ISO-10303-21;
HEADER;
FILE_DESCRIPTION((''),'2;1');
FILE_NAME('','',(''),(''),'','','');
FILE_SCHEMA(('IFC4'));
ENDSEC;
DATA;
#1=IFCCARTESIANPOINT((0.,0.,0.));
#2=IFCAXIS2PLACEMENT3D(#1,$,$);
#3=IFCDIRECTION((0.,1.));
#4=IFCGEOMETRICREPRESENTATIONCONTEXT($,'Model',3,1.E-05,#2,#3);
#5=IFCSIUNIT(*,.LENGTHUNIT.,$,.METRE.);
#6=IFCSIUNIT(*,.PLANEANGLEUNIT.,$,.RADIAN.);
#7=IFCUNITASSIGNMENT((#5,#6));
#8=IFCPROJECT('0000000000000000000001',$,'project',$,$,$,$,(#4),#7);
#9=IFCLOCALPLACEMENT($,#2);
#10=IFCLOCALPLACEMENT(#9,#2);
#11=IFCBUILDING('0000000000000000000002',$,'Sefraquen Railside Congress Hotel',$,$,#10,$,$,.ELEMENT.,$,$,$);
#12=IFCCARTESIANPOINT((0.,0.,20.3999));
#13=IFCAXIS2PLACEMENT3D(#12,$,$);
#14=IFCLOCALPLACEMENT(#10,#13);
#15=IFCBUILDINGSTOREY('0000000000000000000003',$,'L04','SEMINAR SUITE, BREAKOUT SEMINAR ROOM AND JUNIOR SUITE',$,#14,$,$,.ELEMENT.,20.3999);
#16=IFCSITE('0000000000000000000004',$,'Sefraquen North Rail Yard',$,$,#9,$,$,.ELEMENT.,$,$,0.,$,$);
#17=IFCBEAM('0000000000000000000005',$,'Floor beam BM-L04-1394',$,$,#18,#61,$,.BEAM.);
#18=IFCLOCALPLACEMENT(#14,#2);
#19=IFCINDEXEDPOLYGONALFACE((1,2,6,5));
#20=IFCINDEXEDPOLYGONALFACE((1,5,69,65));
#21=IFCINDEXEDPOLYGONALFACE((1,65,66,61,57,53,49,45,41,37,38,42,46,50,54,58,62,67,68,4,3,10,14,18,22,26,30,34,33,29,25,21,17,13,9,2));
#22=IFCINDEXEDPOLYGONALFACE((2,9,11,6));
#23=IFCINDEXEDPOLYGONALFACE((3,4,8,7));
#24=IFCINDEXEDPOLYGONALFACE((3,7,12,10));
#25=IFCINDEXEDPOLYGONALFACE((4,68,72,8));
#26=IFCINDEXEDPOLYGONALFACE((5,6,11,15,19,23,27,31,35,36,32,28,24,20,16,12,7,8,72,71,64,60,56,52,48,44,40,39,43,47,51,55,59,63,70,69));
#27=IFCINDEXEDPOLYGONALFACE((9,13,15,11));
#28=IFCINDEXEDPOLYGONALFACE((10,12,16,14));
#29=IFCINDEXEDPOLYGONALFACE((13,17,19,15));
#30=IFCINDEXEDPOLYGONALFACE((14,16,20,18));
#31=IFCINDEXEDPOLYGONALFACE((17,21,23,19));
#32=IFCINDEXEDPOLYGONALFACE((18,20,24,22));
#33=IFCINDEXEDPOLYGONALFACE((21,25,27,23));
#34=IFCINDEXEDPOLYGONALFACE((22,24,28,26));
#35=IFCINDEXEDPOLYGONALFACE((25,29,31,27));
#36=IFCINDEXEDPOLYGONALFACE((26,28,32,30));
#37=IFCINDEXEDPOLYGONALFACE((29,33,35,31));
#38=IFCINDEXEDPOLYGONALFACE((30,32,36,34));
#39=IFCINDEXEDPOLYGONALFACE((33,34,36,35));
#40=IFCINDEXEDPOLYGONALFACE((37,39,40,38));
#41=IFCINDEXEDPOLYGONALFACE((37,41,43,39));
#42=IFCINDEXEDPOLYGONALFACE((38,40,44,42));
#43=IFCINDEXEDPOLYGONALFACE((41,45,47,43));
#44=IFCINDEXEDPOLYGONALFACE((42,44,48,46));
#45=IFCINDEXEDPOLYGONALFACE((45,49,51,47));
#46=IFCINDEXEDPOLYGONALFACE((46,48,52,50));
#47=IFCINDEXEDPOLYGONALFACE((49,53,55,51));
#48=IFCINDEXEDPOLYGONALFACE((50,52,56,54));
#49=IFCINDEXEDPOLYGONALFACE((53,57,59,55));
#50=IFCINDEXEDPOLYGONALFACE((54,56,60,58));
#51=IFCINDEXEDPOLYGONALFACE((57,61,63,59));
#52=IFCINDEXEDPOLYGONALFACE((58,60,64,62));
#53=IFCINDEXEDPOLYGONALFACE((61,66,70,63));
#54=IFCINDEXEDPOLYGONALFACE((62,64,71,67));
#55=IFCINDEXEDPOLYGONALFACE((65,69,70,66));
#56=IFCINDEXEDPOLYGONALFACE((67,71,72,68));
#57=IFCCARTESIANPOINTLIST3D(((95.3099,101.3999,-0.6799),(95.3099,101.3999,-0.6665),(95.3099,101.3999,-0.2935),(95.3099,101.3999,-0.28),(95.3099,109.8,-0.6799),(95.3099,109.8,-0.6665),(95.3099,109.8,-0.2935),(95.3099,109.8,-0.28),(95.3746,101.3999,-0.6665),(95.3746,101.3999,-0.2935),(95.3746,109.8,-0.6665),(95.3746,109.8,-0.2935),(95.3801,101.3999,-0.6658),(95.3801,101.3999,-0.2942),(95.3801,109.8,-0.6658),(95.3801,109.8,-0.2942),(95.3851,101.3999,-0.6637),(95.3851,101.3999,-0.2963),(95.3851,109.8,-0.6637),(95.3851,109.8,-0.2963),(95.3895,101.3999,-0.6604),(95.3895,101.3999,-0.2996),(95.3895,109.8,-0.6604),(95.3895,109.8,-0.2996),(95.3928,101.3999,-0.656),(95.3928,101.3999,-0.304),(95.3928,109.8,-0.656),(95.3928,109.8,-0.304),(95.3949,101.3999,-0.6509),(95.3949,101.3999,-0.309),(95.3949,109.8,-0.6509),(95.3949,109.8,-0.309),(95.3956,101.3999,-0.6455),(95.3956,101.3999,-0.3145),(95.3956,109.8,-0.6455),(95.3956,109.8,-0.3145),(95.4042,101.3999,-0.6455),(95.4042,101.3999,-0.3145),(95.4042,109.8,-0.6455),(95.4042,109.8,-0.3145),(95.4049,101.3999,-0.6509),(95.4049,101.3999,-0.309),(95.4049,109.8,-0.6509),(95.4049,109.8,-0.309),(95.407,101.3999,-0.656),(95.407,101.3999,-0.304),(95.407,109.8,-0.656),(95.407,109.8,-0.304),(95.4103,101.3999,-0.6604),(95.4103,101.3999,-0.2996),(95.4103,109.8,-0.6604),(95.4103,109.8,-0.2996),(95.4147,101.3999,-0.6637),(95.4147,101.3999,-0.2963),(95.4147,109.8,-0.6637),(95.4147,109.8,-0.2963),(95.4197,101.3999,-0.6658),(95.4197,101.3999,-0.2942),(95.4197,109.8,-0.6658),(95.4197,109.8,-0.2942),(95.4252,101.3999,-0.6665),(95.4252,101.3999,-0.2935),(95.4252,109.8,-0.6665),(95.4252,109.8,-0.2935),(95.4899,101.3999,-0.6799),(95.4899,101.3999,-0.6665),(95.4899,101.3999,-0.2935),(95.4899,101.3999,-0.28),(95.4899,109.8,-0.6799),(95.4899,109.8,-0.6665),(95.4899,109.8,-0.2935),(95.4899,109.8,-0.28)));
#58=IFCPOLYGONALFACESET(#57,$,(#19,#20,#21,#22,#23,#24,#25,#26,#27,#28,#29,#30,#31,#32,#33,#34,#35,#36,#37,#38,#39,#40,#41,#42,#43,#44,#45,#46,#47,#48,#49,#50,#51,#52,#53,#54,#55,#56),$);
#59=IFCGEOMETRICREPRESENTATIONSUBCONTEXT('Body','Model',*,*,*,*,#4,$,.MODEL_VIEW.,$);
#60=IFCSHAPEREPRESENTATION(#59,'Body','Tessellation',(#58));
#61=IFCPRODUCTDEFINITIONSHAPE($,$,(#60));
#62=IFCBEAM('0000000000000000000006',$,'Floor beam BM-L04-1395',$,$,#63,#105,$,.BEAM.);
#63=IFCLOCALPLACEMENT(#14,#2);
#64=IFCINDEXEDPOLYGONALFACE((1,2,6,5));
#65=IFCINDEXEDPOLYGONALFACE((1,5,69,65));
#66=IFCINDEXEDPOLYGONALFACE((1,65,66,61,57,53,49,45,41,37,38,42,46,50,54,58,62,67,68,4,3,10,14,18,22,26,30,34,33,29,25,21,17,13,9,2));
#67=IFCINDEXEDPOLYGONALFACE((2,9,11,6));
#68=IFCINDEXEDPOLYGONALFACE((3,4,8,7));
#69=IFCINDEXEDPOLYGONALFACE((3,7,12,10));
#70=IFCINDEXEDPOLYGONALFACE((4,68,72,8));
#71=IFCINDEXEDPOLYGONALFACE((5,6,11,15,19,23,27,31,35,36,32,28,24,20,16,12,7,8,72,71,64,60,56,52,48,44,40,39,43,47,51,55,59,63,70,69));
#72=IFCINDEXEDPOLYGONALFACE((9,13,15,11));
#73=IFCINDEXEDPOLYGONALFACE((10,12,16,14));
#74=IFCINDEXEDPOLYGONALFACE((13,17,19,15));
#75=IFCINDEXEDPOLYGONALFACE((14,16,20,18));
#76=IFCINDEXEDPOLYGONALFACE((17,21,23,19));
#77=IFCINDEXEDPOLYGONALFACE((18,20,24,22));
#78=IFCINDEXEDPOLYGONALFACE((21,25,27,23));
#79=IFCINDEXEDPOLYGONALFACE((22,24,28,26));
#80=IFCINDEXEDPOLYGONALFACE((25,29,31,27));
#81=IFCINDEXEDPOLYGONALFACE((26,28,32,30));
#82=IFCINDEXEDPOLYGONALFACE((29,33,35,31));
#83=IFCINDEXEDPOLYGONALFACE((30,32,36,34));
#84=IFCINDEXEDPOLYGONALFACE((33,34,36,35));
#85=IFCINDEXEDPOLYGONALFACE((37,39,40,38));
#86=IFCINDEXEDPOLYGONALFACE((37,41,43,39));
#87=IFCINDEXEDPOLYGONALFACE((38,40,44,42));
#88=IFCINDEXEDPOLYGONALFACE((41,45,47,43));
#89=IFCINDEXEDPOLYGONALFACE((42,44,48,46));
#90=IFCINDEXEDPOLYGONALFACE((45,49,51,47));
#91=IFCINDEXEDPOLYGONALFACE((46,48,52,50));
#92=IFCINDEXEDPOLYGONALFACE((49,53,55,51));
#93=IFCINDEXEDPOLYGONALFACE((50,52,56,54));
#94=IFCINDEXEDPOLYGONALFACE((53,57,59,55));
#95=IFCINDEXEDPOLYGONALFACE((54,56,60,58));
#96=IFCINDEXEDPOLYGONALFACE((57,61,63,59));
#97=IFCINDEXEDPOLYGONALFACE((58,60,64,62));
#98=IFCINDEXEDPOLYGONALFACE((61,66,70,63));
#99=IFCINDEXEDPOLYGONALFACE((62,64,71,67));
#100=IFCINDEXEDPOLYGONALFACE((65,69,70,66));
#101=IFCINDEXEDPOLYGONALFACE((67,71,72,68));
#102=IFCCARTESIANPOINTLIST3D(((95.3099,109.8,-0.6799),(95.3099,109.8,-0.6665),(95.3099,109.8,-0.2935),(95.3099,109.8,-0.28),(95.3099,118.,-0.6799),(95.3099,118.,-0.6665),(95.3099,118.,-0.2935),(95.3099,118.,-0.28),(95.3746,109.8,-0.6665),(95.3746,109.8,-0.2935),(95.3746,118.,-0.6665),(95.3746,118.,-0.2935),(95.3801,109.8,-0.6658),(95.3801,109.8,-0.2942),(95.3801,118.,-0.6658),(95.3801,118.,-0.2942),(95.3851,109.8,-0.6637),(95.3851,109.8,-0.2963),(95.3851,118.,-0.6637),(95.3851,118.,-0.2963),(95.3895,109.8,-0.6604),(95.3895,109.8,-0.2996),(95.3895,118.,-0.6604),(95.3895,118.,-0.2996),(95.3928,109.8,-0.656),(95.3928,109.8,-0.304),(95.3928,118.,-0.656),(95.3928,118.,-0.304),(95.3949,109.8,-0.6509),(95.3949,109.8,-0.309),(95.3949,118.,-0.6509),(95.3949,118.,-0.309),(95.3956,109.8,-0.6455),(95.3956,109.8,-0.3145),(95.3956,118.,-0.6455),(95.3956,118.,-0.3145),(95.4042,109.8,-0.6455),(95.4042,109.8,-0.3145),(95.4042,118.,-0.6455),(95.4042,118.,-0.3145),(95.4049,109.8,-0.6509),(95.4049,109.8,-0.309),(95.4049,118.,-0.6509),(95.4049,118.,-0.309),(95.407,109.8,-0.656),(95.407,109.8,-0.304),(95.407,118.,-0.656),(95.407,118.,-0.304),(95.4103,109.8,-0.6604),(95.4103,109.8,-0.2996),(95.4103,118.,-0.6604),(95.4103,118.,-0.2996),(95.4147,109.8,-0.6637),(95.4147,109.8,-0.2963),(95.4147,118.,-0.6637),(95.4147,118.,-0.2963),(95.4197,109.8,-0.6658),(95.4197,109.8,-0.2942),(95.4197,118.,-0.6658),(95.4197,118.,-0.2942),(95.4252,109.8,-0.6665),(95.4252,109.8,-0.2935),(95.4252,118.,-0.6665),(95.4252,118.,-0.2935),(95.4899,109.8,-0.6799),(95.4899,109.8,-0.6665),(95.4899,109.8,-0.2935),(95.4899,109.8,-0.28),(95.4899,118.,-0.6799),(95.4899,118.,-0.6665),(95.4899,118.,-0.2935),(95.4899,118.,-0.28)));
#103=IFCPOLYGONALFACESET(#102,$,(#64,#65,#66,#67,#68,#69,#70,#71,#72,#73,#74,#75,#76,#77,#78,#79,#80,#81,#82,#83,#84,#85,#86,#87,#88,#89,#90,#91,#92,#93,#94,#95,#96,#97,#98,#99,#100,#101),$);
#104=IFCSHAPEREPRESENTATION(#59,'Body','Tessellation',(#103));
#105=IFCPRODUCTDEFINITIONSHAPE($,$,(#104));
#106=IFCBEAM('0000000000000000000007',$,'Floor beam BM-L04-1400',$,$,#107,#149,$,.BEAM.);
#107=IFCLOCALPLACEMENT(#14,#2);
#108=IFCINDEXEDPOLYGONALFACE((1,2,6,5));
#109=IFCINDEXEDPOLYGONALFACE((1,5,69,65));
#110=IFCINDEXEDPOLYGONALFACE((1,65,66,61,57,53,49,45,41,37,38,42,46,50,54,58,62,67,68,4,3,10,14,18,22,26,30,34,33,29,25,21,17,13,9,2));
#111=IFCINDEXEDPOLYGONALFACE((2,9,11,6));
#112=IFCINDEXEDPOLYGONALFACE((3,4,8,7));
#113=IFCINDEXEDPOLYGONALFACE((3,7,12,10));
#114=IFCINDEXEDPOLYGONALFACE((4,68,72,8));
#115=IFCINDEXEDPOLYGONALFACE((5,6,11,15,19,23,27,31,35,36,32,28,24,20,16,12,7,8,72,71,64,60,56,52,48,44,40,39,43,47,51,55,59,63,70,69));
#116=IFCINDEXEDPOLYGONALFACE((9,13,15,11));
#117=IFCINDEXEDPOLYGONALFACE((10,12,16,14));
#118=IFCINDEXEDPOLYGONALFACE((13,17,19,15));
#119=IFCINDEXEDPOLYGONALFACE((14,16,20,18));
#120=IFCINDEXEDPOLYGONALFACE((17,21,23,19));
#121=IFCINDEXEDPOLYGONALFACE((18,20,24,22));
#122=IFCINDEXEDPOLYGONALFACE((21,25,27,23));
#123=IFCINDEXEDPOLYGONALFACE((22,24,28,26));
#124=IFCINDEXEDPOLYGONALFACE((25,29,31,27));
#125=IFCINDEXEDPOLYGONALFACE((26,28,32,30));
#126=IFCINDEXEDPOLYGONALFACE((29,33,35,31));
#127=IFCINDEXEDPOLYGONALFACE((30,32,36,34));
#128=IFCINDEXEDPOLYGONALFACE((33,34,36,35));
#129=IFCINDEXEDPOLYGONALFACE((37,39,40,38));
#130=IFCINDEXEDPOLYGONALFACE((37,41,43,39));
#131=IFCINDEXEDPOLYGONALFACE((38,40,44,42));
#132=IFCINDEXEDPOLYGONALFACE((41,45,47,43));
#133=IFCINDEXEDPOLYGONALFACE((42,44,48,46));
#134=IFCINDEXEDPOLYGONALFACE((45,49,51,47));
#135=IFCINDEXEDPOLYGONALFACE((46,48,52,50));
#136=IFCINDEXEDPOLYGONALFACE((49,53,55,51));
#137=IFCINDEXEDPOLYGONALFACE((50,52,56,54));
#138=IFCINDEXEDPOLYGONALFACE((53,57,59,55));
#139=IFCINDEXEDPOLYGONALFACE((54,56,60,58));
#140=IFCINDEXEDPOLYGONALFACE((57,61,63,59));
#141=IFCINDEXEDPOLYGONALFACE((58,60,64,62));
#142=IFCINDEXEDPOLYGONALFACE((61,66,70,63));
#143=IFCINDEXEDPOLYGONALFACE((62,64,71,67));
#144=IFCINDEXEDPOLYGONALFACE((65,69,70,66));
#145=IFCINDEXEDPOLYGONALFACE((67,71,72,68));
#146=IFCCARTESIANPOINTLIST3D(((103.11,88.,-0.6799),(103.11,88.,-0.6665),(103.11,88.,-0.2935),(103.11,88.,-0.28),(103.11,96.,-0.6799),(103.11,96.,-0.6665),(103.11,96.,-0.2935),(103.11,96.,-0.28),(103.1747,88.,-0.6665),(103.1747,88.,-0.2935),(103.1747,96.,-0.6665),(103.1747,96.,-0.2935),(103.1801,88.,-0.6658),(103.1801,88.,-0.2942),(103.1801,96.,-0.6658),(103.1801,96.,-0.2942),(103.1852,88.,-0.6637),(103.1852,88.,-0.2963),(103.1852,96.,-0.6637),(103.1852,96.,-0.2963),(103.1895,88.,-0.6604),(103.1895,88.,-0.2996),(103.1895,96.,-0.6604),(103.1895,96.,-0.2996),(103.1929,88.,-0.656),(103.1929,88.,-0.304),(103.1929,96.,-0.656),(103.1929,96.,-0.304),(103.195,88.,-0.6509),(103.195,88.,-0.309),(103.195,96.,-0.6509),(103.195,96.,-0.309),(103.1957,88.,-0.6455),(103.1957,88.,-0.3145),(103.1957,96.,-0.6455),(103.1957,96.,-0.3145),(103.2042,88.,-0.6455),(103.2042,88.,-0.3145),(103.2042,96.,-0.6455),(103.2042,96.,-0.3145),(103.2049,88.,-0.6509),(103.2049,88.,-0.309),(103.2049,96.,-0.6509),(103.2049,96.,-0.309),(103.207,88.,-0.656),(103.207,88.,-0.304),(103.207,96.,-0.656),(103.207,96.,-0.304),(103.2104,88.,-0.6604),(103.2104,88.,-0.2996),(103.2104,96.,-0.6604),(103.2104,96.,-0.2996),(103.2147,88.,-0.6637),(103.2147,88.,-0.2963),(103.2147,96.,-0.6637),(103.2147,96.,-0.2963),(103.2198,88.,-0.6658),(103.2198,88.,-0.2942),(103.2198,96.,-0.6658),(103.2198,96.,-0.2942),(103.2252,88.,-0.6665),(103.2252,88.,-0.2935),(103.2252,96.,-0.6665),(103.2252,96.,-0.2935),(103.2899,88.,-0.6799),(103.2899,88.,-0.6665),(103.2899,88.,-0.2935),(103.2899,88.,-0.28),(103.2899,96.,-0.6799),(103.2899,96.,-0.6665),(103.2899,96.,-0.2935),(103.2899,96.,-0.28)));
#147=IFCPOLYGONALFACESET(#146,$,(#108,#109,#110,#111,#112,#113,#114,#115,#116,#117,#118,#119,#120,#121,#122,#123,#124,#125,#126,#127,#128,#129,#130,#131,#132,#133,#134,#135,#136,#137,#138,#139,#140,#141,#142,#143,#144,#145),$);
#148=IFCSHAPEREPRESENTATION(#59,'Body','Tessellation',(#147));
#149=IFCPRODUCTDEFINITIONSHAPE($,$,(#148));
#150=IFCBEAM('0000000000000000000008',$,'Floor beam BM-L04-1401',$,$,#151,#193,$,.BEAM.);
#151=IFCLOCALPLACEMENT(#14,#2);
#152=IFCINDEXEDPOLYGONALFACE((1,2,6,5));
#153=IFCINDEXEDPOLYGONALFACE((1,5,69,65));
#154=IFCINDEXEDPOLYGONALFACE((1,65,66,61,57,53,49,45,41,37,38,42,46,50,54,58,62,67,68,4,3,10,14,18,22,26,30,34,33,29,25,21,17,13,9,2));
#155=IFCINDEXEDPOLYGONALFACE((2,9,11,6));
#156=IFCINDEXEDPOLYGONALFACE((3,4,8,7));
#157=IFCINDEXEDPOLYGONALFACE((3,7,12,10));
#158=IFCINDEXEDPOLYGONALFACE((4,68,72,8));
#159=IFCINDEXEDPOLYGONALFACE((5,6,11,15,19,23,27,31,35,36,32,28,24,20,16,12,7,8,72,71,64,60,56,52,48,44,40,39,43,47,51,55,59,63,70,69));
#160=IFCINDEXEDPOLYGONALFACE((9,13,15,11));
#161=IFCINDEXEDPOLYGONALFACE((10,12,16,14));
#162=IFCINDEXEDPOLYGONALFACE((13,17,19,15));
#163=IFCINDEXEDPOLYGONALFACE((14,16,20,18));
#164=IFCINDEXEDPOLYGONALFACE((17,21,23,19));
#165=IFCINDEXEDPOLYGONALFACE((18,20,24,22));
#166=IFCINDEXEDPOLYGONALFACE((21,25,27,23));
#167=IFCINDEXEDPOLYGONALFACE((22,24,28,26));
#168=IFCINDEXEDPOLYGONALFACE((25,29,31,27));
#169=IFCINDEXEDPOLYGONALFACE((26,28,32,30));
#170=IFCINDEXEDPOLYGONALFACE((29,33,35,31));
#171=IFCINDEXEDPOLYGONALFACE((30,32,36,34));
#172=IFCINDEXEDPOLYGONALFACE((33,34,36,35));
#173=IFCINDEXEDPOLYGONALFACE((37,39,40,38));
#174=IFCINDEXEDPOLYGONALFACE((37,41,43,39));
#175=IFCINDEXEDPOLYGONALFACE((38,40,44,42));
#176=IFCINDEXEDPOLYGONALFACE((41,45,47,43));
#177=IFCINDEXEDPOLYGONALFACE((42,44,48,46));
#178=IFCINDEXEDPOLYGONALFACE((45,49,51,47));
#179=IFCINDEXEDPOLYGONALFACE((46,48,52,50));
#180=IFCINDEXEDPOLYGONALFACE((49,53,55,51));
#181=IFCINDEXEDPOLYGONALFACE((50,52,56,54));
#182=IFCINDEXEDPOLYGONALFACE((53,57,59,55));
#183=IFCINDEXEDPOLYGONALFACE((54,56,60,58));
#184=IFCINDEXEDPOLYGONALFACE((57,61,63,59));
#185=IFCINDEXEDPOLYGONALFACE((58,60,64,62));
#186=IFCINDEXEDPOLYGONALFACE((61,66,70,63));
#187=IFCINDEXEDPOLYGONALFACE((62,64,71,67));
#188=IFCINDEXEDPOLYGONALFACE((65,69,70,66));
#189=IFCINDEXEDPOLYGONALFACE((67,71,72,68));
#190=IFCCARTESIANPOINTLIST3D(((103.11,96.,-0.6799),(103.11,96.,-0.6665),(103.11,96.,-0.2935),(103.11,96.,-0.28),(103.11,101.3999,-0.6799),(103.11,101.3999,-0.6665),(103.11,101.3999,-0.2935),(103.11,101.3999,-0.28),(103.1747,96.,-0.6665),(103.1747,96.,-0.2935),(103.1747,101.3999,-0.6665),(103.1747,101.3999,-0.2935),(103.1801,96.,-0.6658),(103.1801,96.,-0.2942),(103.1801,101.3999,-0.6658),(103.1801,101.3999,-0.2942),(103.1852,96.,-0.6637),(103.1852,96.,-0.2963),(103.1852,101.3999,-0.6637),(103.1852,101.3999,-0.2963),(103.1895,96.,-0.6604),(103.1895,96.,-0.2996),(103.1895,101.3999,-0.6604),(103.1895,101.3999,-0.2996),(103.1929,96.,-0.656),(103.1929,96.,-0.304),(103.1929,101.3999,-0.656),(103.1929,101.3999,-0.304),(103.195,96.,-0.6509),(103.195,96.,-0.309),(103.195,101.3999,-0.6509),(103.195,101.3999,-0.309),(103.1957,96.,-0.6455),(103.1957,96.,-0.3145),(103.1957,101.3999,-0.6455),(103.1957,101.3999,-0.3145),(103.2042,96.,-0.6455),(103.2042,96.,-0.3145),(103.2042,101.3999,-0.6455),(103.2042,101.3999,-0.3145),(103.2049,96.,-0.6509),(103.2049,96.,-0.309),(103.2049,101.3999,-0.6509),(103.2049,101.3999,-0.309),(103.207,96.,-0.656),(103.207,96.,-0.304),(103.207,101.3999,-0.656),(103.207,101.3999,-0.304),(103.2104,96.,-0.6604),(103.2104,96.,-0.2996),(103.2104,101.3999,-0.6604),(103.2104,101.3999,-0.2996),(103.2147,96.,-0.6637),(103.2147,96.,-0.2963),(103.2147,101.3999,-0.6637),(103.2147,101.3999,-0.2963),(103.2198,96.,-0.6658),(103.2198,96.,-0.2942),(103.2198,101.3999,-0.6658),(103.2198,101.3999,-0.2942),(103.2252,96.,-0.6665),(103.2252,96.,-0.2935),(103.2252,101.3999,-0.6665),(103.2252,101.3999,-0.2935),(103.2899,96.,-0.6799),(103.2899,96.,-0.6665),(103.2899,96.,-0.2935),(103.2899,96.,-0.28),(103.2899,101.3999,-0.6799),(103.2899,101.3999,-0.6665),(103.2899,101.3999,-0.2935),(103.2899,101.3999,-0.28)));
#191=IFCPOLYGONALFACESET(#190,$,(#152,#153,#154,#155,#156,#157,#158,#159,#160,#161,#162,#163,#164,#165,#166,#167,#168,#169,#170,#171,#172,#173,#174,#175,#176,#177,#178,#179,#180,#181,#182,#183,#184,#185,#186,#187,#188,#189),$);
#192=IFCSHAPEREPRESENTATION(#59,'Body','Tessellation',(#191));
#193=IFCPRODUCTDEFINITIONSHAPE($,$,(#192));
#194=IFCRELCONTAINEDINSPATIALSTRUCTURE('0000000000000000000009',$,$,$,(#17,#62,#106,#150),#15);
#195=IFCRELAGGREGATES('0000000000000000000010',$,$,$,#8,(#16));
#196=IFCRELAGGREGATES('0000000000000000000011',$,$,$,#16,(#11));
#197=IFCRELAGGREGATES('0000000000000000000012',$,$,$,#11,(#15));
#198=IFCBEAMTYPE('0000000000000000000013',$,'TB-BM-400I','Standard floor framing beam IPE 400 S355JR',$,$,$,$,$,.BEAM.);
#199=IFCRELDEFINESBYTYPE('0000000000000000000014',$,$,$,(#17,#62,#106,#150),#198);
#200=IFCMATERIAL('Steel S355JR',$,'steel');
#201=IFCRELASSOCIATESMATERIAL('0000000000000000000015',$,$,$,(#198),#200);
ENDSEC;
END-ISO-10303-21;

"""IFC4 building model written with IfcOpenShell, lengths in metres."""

from ifc_helpers import new_model, si_unit, direction, frame, origin, origin_2d, place, context, subcontext, project, spatial, i_section, extrude, material, material_profile, profile_set, type_object, element, save


model = new_model("IFC4")

# Units and contexts
model_context = context("Model", 3, precision=1e-05, world=origin(), true_north=direction((0.0, 1.0)))
body_context = subcontext(model_context, "Body", "Model", "MODEL_VIEW")
ifc_project = project(units=[si_unit("LENGTHUNIT", "METRE"), si_unit("PLANEANGLEUNIT", "RADIAN")], contexts=[model_context])

# Site, building, storey
site_placement = place(None, origin())
site = spatial("IfcSite", under=ifc_project, at=site_placement, Name="Sefraquen North Rail Yard", CompositionType="ELEMENT", RefElevation=0.0)
building_placement = place(site_placement, origin())
building = spatial("IfcBuilding", under=site, at=building_placement, Name="Sefraquen Railside Congress Hotel", CompositionType="ELEMENT")
storey_placement = place(building_placement, frame((0.0, 0.0, 20.3999)))
storey = spatial("IfcBuildingStorey", under=building, at=storey_placement, Name="L04", Description="SEMINAR SUITE, BREAKOUT SEMINAR ROOM AND JUNIOR SUITE", CompositionType="ELEMENT", Elevation=20.3999)

# Shared definitions
ifc_material_1 = material(Name="Steel S355JR", Category="steel")

# Beams
ifc_material_profile_1 = material_profile(ifc_material_1, i_section(OverallWidth=0.1799, OverallDepth=0.3999, WebThickness=0.0085, FlangeThickness=0.0134, FilletRadius=0.021, at=origin_2d()), Name="IPE 400")
ifc_profile_set_1 = profile_set([ifc_material_profile_1], Name="Steel S355JR")
beam_type_1 = type_object("IfcBeamType", Name="TB-BM-400I", Description="Standard floor framing beam IPE 400 S355JR", PredefinedType="BEAM", material=ifc_profile_set_1)
beam_1_placement = place(storey_placement, frame((95.3999, 101.3999, -0.48), z_axis=(0.0, 1.0, 0.0), x_axis=(-1.0, 0.0, 0.0)))
element("IfcBeam", 1, at=beam_1_placement, inside=storey, type_object=beam_type_1, Name="Floor beam BM-L04-1394", PredefinedType="BEAM", context=body_context, shape_type="SweptSolid", body=[
    extrude(i_section(OverallWidth=0.1799, OverallDepth=0.3999, WebThickness=0.0085, FlangeThickness=0.0134, FilletRadius=0.021, at=origin_2d()), origin(), (0.0, 0.0, 1.0), 8.4001),
])
beam_2_placement = place(storey_placement, frame((95.3999, 109.8, -0.48), z_axis=(0.0, 1.0, 0.0), x_axis=(-1.0, 0.0, 0.0)))
element("IfcBeam", 2, at=beam_2_placement, inside=storey, type_object=beam_type_1, Name="Floor beam BM-L04-1395", PredefinedType="BEAM", context=body_context, shape_type="SweptSolid", body=[
    extrude(i_section(OverallWidth=0.1799, OverallDepth=0.3999, WebThickness=0.0085, FlangeThickness=0.0134, FilletRadius=0.021, at=origin_2d()), origin(), (0.0, 0.0, 1.0), 8.2),
])
beam_3_placement = place(storey_placement, frame((103.2, 88.0, -0.48), z_axis=(0.0, 1.0, 0.0), x_axis=(-1.0, 0.0, 0.0)))
element("IfcBeam", 3, at=beam_3_placement, inside=storey, type_object=beam_type_1, Name="Floor beam BM-L04-1400", PredefinedType="BEAM", context=body_context, shape_type="SweptSolid", body=[
    extrude(i_section(OverallWidth=0.1799, OverallDepth=0.3999, WebThickness=0.0085, FlangeThickness=0.0134, FilletRadius=0.021, at=origin_2d()), origin(), (0.0, 0.0, 1.0), 8.0),
])
beam_4_placement = place(storey_placement, frame((103.2, 96.0, -0.48), z_axis=(0.0, 1.0, 0.0), x_axis=(-1.0, 0.0, 0.0)))
element("IfcBeam", 4, at=beam_4_placement, inside=storey, type_object=beam_type_1, Name="Floor beam BM-L04-1401", PredefinedType="BEAM", context=body_context, shape_type="SweptSolid", body=[
    extrude(i_section(OverallWidth=0.1799, OverallDepth=0.3999, WebThickness=0.0085, FlangeThickness=0.0134, FilletRadius=0.021, at=origin_2d()), origin(), (0.0, 0.0, 1.0), 5.3999),
])

save(model, "model.ifc")
